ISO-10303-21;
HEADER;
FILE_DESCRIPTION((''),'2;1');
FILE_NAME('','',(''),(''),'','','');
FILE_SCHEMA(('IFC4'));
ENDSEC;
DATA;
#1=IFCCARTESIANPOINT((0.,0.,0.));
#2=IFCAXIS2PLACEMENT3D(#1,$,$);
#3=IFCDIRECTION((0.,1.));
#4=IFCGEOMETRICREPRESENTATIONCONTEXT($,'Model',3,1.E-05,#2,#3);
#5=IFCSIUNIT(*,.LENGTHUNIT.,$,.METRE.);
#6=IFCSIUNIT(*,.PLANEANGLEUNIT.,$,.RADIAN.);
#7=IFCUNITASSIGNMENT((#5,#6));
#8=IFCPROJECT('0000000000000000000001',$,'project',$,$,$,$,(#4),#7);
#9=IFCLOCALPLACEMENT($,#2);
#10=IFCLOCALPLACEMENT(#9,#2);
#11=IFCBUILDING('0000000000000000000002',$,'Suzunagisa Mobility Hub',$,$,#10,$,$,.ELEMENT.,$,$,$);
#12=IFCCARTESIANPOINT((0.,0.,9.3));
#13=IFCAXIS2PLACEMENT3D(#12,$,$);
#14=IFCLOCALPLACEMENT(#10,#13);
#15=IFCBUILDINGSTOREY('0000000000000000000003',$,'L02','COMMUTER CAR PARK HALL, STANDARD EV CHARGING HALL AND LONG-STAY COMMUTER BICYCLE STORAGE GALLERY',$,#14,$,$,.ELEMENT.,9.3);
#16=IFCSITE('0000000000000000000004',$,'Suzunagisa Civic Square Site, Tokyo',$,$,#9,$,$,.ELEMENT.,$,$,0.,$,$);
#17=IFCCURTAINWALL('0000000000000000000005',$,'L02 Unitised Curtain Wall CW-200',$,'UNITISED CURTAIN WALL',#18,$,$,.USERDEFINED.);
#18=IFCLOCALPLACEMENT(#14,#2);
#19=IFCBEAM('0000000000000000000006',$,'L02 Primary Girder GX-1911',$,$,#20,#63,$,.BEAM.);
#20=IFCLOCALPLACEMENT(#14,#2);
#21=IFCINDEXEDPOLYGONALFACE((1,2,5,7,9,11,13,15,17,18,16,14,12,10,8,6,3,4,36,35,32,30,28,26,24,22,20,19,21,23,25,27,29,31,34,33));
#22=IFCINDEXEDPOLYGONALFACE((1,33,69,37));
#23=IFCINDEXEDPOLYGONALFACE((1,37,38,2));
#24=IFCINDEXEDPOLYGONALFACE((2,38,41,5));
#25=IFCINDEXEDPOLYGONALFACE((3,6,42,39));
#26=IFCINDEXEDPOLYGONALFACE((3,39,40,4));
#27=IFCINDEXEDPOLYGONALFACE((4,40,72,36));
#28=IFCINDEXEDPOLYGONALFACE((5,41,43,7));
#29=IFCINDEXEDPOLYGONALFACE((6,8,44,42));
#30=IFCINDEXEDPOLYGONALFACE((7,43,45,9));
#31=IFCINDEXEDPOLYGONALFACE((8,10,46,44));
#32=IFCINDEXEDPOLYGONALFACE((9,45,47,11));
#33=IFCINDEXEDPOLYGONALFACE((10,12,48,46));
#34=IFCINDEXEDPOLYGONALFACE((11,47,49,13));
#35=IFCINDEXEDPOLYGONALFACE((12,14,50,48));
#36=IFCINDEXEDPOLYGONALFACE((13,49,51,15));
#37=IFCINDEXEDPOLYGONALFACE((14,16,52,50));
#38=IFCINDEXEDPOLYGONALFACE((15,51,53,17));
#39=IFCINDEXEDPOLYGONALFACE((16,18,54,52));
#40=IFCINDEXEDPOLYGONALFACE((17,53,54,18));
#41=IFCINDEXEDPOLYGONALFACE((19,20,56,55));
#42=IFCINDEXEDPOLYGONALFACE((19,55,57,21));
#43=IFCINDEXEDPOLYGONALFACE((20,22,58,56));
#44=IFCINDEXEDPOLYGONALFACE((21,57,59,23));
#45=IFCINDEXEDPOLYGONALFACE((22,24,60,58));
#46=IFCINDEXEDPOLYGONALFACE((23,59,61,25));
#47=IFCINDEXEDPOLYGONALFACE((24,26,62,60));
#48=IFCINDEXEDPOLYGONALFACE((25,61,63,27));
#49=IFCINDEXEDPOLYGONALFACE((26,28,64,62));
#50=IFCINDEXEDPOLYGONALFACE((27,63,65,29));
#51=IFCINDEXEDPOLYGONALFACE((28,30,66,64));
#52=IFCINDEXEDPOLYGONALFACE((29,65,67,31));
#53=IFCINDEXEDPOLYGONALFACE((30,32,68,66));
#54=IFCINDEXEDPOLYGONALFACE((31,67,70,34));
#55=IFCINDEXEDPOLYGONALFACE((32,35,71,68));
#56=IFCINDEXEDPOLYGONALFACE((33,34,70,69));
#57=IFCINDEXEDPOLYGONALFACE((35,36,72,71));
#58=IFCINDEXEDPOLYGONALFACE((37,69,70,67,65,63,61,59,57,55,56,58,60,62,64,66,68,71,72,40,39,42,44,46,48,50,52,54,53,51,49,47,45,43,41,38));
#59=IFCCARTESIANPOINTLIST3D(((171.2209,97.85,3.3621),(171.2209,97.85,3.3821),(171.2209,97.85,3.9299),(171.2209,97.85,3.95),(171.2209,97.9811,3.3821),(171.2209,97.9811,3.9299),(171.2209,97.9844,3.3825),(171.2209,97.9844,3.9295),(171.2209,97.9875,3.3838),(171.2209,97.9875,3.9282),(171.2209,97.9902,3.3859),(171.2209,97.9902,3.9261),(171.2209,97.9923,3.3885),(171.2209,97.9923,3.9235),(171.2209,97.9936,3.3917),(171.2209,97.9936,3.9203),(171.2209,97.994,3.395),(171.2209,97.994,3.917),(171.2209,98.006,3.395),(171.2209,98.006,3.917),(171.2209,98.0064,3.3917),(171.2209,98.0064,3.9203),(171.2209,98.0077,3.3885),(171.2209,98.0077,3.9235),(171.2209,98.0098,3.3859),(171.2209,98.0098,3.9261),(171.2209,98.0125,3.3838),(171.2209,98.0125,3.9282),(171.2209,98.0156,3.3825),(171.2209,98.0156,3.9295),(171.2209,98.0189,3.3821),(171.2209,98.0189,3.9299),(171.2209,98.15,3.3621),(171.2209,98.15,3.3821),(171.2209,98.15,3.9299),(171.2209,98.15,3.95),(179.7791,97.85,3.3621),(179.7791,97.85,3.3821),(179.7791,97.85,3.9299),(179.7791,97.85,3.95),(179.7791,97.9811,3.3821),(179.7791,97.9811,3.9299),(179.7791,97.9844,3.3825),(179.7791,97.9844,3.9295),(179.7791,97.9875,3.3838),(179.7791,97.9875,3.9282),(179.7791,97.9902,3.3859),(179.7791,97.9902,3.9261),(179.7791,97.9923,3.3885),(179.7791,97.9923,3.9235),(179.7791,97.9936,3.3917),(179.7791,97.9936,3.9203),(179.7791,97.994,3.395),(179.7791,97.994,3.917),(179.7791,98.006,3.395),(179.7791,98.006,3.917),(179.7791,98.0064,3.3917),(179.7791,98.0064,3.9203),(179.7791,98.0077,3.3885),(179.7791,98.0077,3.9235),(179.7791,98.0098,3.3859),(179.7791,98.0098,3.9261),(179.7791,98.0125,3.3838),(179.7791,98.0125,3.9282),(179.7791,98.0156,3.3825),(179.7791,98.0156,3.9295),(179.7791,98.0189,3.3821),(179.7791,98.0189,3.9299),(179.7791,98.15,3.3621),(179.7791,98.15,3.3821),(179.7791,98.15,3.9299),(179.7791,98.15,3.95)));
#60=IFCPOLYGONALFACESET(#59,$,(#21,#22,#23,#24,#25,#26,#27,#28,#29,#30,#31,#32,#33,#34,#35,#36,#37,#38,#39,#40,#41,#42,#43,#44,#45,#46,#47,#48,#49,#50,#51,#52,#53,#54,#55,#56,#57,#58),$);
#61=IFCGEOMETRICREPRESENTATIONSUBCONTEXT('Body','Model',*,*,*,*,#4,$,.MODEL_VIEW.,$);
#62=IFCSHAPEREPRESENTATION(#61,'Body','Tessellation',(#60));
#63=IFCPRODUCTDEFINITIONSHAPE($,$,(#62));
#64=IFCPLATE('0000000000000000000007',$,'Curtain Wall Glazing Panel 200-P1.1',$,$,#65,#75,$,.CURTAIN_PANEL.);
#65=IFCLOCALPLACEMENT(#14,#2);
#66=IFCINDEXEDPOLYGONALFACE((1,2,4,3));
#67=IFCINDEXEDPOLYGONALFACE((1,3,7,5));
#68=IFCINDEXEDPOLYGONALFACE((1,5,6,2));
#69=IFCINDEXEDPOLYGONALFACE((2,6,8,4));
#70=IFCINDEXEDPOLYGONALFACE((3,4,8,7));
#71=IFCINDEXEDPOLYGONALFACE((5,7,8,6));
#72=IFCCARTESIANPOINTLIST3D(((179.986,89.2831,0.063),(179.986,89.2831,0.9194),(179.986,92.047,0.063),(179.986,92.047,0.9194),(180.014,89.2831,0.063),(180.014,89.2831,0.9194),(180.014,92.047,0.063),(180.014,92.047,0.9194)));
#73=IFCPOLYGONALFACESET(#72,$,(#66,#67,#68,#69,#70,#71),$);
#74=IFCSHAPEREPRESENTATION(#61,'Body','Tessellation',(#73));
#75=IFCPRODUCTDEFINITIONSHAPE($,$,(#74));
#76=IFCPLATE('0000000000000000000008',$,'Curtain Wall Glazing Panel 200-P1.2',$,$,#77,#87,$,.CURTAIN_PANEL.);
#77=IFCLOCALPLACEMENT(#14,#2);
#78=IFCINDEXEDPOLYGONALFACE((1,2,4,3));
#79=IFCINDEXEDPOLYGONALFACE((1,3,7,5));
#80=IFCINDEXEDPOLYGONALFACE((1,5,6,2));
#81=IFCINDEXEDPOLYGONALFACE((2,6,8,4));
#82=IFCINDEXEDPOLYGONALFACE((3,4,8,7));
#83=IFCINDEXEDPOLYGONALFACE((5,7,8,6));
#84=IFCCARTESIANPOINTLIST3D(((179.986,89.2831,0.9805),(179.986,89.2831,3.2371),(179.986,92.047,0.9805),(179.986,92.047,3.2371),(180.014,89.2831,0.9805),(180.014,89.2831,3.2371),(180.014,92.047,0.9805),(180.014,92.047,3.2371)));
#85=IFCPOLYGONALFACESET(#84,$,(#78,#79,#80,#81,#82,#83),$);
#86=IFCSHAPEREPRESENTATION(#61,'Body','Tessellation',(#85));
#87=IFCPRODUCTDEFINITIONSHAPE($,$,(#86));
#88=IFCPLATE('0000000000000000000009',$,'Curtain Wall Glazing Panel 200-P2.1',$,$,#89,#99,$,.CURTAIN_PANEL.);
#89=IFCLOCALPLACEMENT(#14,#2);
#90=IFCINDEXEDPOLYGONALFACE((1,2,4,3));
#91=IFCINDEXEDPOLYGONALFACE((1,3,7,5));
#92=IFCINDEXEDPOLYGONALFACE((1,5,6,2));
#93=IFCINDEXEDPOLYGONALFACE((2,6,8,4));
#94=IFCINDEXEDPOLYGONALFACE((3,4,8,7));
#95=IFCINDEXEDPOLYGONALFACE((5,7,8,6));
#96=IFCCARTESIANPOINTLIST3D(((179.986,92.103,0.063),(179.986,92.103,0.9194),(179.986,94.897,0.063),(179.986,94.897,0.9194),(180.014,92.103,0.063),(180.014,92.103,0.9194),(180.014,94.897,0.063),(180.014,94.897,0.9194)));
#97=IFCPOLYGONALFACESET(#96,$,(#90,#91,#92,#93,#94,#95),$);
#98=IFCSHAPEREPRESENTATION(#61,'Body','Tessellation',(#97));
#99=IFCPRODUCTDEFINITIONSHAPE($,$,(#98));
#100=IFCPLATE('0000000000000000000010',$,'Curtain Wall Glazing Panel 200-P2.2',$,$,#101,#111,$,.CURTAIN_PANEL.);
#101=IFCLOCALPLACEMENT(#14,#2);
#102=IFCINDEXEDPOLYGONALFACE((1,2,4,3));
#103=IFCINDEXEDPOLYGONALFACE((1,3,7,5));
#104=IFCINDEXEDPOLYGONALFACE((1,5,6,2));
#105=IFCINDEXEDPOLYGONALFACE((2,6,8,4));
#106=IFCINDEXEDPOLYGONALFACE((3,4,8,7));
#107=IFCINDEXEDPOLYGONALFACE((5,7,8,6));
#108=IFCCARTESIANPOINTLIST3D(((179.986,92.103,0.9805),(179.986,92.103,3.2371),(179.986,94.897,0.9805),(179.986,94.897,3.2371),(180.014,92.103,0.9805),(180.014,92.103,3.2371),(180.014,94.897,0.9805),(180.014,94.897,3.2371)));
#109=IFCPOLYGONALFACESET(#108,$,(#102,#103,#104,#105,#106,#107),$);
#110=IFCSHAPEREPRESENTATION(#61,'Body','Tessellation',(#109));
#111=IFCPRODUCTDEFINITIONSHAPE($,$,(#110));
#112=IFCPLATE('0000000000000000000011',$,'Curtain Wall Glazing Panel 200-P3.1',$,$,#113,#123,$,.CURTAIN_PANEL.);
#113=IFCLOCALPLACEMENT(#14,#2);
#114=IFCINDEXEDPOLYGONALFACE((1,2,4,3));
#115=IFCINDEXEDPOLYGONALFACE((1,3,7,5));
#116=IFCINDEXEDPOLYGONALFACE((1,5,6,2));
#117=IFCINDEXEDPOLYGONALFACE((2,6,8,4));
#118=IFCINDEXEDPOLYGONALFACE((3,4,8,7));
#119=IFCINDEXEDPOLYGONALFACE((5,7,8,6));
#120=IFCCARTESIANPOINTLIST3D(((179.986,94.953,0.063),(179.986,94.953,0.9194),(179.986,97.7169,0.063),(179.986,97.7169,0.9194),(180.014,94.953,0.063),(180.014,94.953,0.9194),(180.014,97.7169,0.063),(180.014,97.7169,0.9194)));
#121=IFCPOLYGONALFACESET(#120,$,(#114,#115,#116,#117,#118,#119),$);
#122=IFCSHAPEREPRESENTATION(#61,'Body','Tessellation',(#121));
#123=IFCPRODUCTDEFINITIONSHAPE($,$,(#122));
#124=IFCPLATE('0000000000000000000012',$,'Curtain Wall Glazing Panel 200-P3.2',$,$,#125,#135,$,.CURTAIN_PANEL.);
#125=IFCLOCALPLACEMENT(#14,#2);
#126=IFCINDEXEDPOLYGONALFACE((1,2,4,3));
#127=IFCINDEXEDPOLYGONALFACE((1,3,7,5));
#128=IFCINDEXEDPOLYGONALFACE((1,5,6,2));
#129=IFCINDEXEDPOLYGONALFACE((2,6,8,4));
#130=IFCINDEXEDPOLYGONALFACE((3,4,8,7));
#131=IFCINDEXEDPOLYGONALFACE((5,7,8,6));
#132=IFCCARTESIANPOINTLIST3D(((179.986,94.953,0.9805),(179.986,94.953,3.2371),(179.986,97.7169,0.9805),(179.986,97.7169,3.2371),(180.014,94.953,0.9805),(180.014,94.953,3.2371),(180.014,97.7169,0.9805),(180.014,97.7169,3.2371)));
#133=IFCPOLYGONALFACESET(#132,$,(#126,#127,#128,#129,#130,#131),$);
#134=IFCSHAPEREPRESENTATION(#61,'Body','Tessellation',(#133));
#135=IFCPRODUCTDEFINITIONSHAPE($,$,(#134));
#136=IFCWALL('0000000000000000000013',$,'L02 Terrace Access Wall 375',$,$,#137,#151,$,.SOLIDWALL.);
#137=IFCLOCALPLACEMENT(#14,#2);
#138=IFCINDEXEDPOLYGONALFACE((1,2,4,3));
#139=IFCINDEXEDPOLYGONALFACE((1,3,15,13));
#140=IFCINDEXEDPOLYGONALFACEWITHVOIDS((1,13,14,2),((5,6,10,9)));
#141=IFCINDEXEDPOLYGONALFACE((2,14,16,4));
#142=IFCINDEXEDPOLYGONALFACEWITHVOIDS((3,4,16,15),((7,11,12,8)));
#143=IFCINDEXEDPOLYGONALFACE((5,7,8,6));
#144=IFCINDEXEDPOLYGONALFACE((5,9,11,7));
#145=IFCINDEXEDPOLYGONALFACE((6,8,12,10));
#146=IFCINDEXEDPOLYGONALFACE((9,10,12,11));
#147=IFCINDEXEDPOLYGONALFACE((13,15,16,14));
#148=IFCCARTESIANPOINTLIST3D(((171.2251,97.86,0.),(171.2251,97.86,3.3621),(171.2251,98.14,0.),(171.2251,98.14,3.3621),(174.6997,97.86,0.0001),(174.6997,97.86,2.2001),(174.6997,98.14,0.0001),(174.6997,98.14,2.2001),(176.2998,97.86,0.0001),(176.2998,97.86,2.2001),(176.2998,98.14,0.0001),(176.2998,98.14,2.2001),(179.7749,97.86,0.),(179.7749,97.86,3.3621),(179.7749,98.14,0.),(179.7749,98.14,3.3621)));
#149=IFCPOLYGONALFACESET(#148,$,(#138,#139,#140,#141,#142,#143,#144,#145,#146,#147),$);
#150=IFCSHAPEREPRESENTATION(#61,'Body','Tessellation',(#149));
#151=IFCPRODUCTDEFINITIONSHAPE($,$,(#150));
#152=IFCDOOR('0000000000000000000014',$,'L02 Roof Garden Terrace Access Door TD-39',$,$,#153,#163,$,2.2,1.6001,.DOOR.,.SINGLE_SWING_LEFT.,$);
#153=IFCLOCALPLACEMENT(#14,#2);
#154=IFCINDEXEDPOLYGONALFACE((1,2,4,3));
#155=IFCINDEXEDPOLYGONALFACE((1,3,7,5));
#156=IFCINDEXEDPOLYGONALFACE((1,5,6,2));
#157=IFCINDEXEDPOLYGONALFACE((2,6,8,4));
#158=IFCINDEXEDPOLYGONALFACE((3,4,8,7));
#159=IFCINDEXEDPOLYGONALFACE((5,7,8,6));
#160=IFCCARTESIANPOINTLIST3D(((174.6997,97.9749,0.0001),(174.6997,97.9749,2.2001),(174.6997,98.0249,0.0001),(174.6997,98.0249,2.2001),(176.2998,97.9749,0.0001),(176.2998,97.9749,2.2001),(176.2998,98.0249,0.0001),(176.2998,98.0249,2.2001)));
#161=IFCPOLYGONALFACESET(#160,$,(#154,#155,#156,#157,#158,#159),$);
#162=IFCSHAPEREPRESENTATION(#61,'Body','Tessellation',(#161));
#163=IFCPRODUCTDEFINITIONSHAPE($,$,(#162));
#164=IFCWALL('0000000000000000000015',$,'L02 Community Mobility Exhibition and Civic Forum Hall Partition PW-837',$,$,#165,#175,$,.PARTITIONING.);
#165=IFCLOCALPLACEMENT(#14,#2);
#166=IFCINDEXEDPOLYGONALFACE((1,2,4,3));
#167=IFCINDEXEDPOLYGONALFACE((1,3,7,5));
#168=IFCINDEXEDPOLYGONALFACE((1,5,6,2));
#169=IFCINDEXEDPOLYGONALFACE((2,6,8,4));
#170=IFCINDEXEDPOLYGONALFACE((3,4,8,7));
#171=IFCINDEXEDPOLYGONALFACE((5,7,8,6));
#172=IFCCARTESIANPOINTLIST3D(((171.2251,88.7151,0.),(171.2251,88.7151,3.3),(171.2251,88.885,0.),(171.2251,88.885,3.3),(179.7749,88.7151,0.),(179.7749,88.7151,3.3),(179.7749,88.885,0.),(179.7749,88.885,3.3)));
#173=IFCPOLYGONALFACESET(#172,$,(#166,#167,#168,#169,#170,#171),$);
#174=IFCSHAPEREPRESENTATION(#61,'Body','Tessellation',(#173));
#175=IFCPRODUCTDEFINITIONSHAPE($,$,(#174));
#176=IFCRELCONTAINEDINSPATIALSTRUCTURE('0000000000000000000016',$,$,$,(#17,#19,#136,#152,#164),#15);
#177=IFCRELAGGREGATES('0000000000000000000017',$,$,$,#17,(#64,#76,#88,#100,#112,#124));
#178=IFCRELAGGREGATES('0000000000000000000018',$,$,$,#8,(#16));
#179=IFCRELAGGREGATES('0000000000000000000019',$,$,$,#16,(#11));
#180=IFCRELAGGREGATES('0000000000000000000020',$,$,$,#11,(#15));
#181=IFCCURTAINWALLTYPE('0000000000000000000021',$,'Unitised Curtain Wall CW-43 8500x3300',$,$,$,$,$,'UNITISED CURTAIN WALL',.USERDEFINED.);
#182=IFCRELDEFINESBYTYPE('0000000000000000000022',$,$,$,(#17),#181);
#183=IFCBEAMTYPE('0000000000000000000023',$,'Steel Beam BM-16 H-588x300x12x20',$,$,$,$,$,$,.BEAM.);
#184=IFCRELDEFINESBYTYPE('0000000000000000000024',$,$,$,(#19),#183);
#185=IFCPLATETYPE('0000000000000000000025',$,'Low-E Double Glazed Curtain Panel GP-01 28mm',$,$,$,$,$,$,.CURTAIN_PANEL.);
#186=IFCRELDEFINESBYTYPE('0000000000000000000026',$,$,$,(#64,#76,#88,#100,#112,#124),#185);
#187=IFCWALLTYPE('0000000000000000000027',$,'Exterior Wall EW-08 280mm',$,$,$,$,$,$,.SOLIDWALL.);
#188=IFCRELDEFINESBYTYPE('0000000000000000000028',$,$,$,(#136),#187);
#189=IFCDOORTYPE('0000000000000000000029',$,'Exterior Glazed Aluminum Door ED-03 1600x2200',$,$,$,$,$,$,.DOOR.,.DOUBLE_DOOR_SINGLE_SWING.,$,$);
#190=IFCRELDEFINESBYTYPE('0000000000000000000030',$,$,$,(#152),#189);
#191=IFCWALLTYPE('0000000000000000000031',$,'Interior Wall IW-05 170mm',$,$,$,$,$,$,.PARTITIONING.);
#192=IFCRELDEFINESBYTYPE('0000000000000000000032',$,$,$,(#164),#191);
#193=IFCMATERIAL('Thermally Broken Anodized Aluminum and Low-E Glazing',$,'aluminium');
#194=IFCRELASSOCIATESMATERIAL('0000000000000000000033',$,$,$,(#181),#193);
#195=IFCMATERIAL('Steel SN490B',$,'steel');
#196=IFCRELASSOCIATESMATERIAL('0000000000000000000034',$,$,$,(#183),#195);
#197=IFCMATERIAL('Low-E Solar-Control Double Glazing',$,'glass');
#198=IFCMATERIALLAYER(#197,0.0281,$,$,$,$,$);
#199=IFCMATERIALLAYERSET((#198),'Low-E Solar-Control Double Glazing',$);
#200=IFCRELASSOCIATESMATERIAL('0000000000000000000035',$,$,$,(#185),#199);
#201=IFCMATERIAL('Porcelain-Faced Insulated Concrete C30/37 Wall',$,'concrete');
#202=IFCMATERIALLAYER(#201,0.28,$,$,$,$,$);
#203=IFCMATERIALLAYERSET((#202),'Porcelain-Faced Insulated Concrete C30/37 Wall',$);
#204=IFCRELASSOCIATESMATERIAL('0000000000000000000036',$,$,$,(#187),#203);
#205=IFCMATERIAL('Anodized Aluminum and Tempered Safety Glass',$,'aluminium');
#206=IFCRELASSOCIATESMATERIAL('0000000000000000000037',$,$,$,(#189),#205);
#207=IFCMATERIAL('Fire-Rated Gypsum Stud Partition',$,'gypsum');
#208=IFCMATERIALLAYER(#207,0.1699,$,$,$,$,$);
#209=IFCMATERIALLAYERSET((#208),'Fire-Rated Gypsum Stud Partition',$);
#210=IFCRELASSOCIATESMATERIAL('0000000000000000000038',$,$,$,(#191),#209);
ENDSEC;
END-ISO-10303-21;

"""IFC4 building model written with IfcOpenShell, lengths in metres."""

from ifc_helpers import new_model, si_unit, direction, frame, frame_2d, origin, origin_2d, place, context, subcontext, project, spatial, rectangle, i_section, extrude, material, layer, layer_set, material_profile, profile_set, type_object, element, fill, aggregate, save


model = new_model("IFC4")

# Units and contexts
model_context = context("Model", 3, precision=1e-05, world=origin(), true_north=direction((0.0, 1.0)))
body_context = subcontext(model_context, "Body", "Model", "MODEL_VIEW")
ifc_project = project(units=[si_unit("LENGTHUNIT", "METRE"), si_unit("PLANEANGLEUNIT", "RADIAN")], contexts=[model_context])

# Site, building, storey
site_placement = place(None, origin())
site = spatial("IfcSite", under=ifc_project, at=site_placement, Name="Suzunagisa Civic Square Site, Tokyo", CompositionType="ELEMENT", RefElevation=0.0)
building_placement = place(site_placement, origin())
building = spatial("IfcBuilding", under=site, at=building_placement, Name="Suzunagisa Mobility Hub", CompositionType="ELEMENT")
storey_placement = place(building_placement, frame((0.0, 0.0, 9.3)))
storey = spatial("IfcBuildingStorey", under=building, at=storey_placement, Name="L02", Description="COMMUTER CAR PARK HALL, STANDARD EV CHARGING HALL AND LONG-STAY COMMUTER BICYCLE STORAGE GALLERY", CompositionType="ELEMENT", Elevation=9.3)

# Shared definitions
ifc_material_1 = material(Name="Steel SN490B", Category="steel")

# Curtain wall
ifc_material_2 = material(Name="Thermally Broken Anodized Aluminum and Low-E Glazing", Category="aluminium")
curtain_wall_type = type_object("IfcCurtainWallType", Name="Unitised Curtain Wall CW-43 8500x3300", ElementType="UNITISED CURTAIN WALL", PredefinedType="USERDEFINED", material=ifc_material_2)
curtain_wall_placement = place(storey_placement, origin())
curtain_wall = element("IfcCurtainWall", 1, at=curtain_wall_placement, inside=storey, type_object=curtain_wall_type, Name="L02 Unitised Curtain Wall CW-200", ObjectType="UNITISED CURTAIN WALL", PredefinedType="USERDEFINED")

# Beam
ifc_material_profile_1 = material_profile(ifc_material_1, i_section(OverallWidth=0.3, OverallDepth=0.5879, WebThickness=0.012, FlangeThickness=0.02, FilletRadius=0.0129, at=origin_2d()), Name="H-588x300x12x20")
ifc_profile_set_1 = profile_set([ifc_material_profile_1], Name="Steel SN490B")
beam_type_1 = type_object("IfcBeamType", Name="Steel Beam BM-16 H-588x300x12x20", PredefinedType="BEAM", material=ifc_profile_set_1)
for number, where, z_axis, x_axis, name in (
    (2, (171.2209, 98.0, 3.656), (1.0, 0.0, 0.0), (0.0, 1.0, 0.0), "L02 Primary Girder GX-1911"),
):
    element("IfcBeam", number, at=place(storey_placement, frame(where, z_axis=z_axis, x_axis=x_axis)), inside=storey, type_object=beam_type_1, Name=name, PredefinedType="BEAM", context=body_context, shape_type="SweptSolid", body=[
        extrude(i_section(OverallWidth=0.3, OverallDepth=0.5879, WebThickness=0.012, FlangeThickness=0.02, FilletRadius=0.0129, at=origin_2d()), origin(), (0.0, 0.0, 1.0), 8.5581),
    ])

# Plates
ifc_material_3 = material(Name="Low-E Solar-Control Double Glazing", Category="glass")
ifc_layer_1 = layer(ifc_material_3, 0.0281)
ifc_layer_set_1 = layer_set([ifc_layer_1], Name="Low-E Solar-Control Double Glazing")
plate_type = type_object("IfcPlateType", Name="Low-E Double Glazed Curtain Panel GP-01 28mm", PredefinedType="CURTAIN_PANEL", material=ifc_layer_set_1)
plate_1_placement = place(storey_placement, frame((180.0, 90.665, 0.063), z_axis=(0.0, 0.0, 1.0), x_axis=(0.0, 1.0, 0.0)))
plate_1 = element("IfcPlate", 3, at=plate_1_placement, type_object=plate_type, Name="Curtain Wall Glazing Panel 200-P1.1", PredefinedType="CURTAIN_PANEL", context=body_context, shape_type="SweptSolid", body=[
    extrude(rectangle(XDim=2.7639, YDim=0.0281, at=origin_2d()), origin(), (0.0, 0.0, 1.0), 0.8564),
])
plate_2_placement = place(storey_placement, frame((180.0, 90.665, 0.9805), z_axis=(0.0, 0.0, 1.0), x_axis=(0.0, 1.0, 0.0)))
plate_2 = element("IfcPlate", 4, at=plate_2_placement, type_object=plate_type, Name="Curtain Wall Glazing Panel 200-P1.2", PredefinedType="CURTAIN_PANEL", context=body_context, shape_type="SweptSolid", body=[
    extrude(rectangle(XDim=2.7639, YDim=0.0281, at=origin_2d()), origin(), (0.0, 0.0, 1.0), 2.2566),
])
plate_3_placement = place(storey_placement, frame((180.0, 93.5, 0.063), z_axis=(0.0, 0.0, 1.0), x_axis=(0.0, 1.0, 0.0)))
plate_3 = element("IfcPlate", 5, at=plate_3_placement, type_object=plate_type, Name="Curtain Wall Glazing Panel 200-P2.1", PredefinedType="CURTAIN_PANEL", context=body_context, shape_type="SweptSolid", body=[
    extrude(rectangle(XDim=2.7939, YDim=0.0281, at=origin_2d()), origin(), (0.0, 0.0, 1.0), 0.8564),
])
plate_4_placement = place(storey_placement, frame((180.0, 93.5, 0.9805), z_axis=(0.0, 0.0, 1.0), x_axis=(0.0, 1.0, 0.0)))
plate_4 = element("IfcPlate", 6, at=plate_4_placement, type_object=plate_type, Name="Curtain Wall Glazing Panel 200-P2.2", PredefinedType="CURTAIN_PANEL", context=body_context, shape_type="SweptSolid", body=[
    extrude(rectangle(XDim=2.7939, YDim=0.0281, at=origin_2d()), origin(), (0.0, 0.0, 1.0), 2.2566),
])
plate_5_placement = place(storey_placement, frame((180.0, 96.335, 0.063), z_axis=(0.0, 0.0, 1.0), x_axis=(0.0, 1.0, 0.0)))
plate_5 = element("IfcPlate", 7, at=plate_5_placement, type_object=plate_type, Name="Curtain Wall Glazing Panel 200-P3.1", PredefinedType="CURTAIN_PANEL", context=body_context, shape_type="SweptSolid", body=[
    extrude(rectangle(XDim=2.7639, YDim=0.0281, at=origin_2d()), origin(), (0.0, 0.0, 1.0), 0.8564),
])
plate_6_placement = place(storey_placement, frame((180.0, 96.335, 0.9805), z_axis=(0.0, 0.0, 1.0), x_axis=(0.0, 1.0, 0.0)))
plate_6 = element("IfcPlate", 8, at=plate_6_placement, type_object=plate_type, Name="Curtain Wall Glazing Panel 200-P3.2", PredefinedType="CURTAIN_PANEL", context=body_context, shape_type="SweptSolid", body=[
    extrude(rectangle(XDim=2.7639, YDim=0.0281, at=origin_2d()), origin(), (0.0, 0.0, 1.0), 2.2566),
])
aggregate(curtain_wall, [plate_1, plate_2, plate_3, plate_4, plate_5, plate_6])

# Wall, opening, door
ifc_material_4 = material(Name="Porcelain-Faced Insulated Concrete C30/37 Wall", Category="concrete")
ifc_layer_2 = layer(ifc_material_4, 0.28)
ifc_layer_set_2 = layer_set([ifc_layer_2], Name="Porcelain-Faced Insulated Concrete C30/37 Wall")
wall_type_1 = type_object("IfcWallType", Name="Exterior Wall EW-08 280mm", PredefinedType="SOLIDWALL", material=ifc_layer_set_2)
wall_1_placement = place(storey_placement, frame((179.7749, 98.0, 0.0), z_axis=(0.0, 0.0, 1.0), x_axis=(-1.0, 0.0, 0.0)))
wall_1 = element("IfcWall", 9, at=wall_1_placement, inside=storey, type_object=wall_type_1, Name="L02 Terrace Access Wall 375", PredefinedType="SOLIDWALL", context=body_context, shape_type="SweptSolid", body=[
    extrude(rectangle(XDim=8.5498, YDim=0.28, at=frame_2d((4.2749, 0.0))), origin(), (0.0, 0.0, 1.0), 3.3621),
])
opening_placement = place(wall_1_placement, frame((5.0752, 0.0, 0.0), z_axis=(0.0, 0.0, 1.0), x_axis=(-1.0, 0.0, 0.0)))
opening = element("IfcOpeningElement", 10, at=opening_placement, cuts=wall_1, PredefinedType="OPENING", context=body_context, shape_type="SweptSolid", body=[
    extrude(rectangle(XDim=1.6001, YDim=2.2, at=frame_2d((0.8, 1.1001))), frame((0.0, 0.1509, 0.0), z_axis=(0.0, -1.0, 0.0), x_axis=(1.0, 0.0, 0.0)), (0.0, 0.0, 1.0), 0.302),
])
ifc_material_5 = material(Name="Anodized Aluminum and Tempered Safety Glass", Category="aluminium")
door_type = type_object("IfcDoorType", Name="Exterior Glazed Aluminum Door ED-03 1600x2200", OperationType="DOUBLE_DOOR_SINGLE_SWING", PredefinedType="DOOR", material=ifc_material_5)
door_placement = place(opening_placement, origin())
door = element("IfcDoor", 11, at=door_placement, inside=storey, type_object=door_type, Name="L02 Roof Garden Terrace Access Door TD-39", OperationType="SINGLE_SWING_LEFT", OverallHeight=2.2, OverallWidth=1.6001, PredefinedType="DOOR", context=body_context, shape_type="SweptSolid", body=[
    extrude(rectangle(XDim=1.6001, YDim=2.2, at=frame_2d((0.8, 1.1001))), frame((0.0, 0.0249, 0.0), z_axis=(0.0, -1.0, 0.0), x_axis=(1.0, 0.0, 0.0)), (0.0, 0.0, 1.0), 0.05),
])
fill(opening, door)

# Wall
ifc_material_6 = material(Name="Fire-Rated Gypsum Stud Partition", Category="gypsum")
ifc_layer_3 = layer(ifc_material_6, 0.1699)
ifc_layer_set_3 = layer_set([ifc_layer_3], Name="Fire-Rated Gypsum Stud Partition")
wall_type_2 = type_object("IfcWallType", Name="Interior Wall IW-05 170mm", PredefinedType="PARTITIONING", material=ifc_layer_set_3)
wall_2_placement = place(storey_placement, frame((171.2251, 88.8, 0.0), z_axis=(0.0, 0.0, 1.0), x_axis=(1.0, 0.0, 0.0)))
element("IfcWall", 12, at=wall_2_placement, inside=storey, type_object=wall_type_2, Name="L02 Community Mobility Exhibition and Civic Forum Hall Partition PW-837", PredefinedType="PARTITIONING", context=body_context, shape_type="SweptSolid", body=[
    extrude(rectangle(XDim=8.5498, YDim=0.1699, at=frame_2d((4.2749, 0.0))), origin(), (0.0, 0.0, 1.0), 3.3),
])

save(model, "model.ifc")
